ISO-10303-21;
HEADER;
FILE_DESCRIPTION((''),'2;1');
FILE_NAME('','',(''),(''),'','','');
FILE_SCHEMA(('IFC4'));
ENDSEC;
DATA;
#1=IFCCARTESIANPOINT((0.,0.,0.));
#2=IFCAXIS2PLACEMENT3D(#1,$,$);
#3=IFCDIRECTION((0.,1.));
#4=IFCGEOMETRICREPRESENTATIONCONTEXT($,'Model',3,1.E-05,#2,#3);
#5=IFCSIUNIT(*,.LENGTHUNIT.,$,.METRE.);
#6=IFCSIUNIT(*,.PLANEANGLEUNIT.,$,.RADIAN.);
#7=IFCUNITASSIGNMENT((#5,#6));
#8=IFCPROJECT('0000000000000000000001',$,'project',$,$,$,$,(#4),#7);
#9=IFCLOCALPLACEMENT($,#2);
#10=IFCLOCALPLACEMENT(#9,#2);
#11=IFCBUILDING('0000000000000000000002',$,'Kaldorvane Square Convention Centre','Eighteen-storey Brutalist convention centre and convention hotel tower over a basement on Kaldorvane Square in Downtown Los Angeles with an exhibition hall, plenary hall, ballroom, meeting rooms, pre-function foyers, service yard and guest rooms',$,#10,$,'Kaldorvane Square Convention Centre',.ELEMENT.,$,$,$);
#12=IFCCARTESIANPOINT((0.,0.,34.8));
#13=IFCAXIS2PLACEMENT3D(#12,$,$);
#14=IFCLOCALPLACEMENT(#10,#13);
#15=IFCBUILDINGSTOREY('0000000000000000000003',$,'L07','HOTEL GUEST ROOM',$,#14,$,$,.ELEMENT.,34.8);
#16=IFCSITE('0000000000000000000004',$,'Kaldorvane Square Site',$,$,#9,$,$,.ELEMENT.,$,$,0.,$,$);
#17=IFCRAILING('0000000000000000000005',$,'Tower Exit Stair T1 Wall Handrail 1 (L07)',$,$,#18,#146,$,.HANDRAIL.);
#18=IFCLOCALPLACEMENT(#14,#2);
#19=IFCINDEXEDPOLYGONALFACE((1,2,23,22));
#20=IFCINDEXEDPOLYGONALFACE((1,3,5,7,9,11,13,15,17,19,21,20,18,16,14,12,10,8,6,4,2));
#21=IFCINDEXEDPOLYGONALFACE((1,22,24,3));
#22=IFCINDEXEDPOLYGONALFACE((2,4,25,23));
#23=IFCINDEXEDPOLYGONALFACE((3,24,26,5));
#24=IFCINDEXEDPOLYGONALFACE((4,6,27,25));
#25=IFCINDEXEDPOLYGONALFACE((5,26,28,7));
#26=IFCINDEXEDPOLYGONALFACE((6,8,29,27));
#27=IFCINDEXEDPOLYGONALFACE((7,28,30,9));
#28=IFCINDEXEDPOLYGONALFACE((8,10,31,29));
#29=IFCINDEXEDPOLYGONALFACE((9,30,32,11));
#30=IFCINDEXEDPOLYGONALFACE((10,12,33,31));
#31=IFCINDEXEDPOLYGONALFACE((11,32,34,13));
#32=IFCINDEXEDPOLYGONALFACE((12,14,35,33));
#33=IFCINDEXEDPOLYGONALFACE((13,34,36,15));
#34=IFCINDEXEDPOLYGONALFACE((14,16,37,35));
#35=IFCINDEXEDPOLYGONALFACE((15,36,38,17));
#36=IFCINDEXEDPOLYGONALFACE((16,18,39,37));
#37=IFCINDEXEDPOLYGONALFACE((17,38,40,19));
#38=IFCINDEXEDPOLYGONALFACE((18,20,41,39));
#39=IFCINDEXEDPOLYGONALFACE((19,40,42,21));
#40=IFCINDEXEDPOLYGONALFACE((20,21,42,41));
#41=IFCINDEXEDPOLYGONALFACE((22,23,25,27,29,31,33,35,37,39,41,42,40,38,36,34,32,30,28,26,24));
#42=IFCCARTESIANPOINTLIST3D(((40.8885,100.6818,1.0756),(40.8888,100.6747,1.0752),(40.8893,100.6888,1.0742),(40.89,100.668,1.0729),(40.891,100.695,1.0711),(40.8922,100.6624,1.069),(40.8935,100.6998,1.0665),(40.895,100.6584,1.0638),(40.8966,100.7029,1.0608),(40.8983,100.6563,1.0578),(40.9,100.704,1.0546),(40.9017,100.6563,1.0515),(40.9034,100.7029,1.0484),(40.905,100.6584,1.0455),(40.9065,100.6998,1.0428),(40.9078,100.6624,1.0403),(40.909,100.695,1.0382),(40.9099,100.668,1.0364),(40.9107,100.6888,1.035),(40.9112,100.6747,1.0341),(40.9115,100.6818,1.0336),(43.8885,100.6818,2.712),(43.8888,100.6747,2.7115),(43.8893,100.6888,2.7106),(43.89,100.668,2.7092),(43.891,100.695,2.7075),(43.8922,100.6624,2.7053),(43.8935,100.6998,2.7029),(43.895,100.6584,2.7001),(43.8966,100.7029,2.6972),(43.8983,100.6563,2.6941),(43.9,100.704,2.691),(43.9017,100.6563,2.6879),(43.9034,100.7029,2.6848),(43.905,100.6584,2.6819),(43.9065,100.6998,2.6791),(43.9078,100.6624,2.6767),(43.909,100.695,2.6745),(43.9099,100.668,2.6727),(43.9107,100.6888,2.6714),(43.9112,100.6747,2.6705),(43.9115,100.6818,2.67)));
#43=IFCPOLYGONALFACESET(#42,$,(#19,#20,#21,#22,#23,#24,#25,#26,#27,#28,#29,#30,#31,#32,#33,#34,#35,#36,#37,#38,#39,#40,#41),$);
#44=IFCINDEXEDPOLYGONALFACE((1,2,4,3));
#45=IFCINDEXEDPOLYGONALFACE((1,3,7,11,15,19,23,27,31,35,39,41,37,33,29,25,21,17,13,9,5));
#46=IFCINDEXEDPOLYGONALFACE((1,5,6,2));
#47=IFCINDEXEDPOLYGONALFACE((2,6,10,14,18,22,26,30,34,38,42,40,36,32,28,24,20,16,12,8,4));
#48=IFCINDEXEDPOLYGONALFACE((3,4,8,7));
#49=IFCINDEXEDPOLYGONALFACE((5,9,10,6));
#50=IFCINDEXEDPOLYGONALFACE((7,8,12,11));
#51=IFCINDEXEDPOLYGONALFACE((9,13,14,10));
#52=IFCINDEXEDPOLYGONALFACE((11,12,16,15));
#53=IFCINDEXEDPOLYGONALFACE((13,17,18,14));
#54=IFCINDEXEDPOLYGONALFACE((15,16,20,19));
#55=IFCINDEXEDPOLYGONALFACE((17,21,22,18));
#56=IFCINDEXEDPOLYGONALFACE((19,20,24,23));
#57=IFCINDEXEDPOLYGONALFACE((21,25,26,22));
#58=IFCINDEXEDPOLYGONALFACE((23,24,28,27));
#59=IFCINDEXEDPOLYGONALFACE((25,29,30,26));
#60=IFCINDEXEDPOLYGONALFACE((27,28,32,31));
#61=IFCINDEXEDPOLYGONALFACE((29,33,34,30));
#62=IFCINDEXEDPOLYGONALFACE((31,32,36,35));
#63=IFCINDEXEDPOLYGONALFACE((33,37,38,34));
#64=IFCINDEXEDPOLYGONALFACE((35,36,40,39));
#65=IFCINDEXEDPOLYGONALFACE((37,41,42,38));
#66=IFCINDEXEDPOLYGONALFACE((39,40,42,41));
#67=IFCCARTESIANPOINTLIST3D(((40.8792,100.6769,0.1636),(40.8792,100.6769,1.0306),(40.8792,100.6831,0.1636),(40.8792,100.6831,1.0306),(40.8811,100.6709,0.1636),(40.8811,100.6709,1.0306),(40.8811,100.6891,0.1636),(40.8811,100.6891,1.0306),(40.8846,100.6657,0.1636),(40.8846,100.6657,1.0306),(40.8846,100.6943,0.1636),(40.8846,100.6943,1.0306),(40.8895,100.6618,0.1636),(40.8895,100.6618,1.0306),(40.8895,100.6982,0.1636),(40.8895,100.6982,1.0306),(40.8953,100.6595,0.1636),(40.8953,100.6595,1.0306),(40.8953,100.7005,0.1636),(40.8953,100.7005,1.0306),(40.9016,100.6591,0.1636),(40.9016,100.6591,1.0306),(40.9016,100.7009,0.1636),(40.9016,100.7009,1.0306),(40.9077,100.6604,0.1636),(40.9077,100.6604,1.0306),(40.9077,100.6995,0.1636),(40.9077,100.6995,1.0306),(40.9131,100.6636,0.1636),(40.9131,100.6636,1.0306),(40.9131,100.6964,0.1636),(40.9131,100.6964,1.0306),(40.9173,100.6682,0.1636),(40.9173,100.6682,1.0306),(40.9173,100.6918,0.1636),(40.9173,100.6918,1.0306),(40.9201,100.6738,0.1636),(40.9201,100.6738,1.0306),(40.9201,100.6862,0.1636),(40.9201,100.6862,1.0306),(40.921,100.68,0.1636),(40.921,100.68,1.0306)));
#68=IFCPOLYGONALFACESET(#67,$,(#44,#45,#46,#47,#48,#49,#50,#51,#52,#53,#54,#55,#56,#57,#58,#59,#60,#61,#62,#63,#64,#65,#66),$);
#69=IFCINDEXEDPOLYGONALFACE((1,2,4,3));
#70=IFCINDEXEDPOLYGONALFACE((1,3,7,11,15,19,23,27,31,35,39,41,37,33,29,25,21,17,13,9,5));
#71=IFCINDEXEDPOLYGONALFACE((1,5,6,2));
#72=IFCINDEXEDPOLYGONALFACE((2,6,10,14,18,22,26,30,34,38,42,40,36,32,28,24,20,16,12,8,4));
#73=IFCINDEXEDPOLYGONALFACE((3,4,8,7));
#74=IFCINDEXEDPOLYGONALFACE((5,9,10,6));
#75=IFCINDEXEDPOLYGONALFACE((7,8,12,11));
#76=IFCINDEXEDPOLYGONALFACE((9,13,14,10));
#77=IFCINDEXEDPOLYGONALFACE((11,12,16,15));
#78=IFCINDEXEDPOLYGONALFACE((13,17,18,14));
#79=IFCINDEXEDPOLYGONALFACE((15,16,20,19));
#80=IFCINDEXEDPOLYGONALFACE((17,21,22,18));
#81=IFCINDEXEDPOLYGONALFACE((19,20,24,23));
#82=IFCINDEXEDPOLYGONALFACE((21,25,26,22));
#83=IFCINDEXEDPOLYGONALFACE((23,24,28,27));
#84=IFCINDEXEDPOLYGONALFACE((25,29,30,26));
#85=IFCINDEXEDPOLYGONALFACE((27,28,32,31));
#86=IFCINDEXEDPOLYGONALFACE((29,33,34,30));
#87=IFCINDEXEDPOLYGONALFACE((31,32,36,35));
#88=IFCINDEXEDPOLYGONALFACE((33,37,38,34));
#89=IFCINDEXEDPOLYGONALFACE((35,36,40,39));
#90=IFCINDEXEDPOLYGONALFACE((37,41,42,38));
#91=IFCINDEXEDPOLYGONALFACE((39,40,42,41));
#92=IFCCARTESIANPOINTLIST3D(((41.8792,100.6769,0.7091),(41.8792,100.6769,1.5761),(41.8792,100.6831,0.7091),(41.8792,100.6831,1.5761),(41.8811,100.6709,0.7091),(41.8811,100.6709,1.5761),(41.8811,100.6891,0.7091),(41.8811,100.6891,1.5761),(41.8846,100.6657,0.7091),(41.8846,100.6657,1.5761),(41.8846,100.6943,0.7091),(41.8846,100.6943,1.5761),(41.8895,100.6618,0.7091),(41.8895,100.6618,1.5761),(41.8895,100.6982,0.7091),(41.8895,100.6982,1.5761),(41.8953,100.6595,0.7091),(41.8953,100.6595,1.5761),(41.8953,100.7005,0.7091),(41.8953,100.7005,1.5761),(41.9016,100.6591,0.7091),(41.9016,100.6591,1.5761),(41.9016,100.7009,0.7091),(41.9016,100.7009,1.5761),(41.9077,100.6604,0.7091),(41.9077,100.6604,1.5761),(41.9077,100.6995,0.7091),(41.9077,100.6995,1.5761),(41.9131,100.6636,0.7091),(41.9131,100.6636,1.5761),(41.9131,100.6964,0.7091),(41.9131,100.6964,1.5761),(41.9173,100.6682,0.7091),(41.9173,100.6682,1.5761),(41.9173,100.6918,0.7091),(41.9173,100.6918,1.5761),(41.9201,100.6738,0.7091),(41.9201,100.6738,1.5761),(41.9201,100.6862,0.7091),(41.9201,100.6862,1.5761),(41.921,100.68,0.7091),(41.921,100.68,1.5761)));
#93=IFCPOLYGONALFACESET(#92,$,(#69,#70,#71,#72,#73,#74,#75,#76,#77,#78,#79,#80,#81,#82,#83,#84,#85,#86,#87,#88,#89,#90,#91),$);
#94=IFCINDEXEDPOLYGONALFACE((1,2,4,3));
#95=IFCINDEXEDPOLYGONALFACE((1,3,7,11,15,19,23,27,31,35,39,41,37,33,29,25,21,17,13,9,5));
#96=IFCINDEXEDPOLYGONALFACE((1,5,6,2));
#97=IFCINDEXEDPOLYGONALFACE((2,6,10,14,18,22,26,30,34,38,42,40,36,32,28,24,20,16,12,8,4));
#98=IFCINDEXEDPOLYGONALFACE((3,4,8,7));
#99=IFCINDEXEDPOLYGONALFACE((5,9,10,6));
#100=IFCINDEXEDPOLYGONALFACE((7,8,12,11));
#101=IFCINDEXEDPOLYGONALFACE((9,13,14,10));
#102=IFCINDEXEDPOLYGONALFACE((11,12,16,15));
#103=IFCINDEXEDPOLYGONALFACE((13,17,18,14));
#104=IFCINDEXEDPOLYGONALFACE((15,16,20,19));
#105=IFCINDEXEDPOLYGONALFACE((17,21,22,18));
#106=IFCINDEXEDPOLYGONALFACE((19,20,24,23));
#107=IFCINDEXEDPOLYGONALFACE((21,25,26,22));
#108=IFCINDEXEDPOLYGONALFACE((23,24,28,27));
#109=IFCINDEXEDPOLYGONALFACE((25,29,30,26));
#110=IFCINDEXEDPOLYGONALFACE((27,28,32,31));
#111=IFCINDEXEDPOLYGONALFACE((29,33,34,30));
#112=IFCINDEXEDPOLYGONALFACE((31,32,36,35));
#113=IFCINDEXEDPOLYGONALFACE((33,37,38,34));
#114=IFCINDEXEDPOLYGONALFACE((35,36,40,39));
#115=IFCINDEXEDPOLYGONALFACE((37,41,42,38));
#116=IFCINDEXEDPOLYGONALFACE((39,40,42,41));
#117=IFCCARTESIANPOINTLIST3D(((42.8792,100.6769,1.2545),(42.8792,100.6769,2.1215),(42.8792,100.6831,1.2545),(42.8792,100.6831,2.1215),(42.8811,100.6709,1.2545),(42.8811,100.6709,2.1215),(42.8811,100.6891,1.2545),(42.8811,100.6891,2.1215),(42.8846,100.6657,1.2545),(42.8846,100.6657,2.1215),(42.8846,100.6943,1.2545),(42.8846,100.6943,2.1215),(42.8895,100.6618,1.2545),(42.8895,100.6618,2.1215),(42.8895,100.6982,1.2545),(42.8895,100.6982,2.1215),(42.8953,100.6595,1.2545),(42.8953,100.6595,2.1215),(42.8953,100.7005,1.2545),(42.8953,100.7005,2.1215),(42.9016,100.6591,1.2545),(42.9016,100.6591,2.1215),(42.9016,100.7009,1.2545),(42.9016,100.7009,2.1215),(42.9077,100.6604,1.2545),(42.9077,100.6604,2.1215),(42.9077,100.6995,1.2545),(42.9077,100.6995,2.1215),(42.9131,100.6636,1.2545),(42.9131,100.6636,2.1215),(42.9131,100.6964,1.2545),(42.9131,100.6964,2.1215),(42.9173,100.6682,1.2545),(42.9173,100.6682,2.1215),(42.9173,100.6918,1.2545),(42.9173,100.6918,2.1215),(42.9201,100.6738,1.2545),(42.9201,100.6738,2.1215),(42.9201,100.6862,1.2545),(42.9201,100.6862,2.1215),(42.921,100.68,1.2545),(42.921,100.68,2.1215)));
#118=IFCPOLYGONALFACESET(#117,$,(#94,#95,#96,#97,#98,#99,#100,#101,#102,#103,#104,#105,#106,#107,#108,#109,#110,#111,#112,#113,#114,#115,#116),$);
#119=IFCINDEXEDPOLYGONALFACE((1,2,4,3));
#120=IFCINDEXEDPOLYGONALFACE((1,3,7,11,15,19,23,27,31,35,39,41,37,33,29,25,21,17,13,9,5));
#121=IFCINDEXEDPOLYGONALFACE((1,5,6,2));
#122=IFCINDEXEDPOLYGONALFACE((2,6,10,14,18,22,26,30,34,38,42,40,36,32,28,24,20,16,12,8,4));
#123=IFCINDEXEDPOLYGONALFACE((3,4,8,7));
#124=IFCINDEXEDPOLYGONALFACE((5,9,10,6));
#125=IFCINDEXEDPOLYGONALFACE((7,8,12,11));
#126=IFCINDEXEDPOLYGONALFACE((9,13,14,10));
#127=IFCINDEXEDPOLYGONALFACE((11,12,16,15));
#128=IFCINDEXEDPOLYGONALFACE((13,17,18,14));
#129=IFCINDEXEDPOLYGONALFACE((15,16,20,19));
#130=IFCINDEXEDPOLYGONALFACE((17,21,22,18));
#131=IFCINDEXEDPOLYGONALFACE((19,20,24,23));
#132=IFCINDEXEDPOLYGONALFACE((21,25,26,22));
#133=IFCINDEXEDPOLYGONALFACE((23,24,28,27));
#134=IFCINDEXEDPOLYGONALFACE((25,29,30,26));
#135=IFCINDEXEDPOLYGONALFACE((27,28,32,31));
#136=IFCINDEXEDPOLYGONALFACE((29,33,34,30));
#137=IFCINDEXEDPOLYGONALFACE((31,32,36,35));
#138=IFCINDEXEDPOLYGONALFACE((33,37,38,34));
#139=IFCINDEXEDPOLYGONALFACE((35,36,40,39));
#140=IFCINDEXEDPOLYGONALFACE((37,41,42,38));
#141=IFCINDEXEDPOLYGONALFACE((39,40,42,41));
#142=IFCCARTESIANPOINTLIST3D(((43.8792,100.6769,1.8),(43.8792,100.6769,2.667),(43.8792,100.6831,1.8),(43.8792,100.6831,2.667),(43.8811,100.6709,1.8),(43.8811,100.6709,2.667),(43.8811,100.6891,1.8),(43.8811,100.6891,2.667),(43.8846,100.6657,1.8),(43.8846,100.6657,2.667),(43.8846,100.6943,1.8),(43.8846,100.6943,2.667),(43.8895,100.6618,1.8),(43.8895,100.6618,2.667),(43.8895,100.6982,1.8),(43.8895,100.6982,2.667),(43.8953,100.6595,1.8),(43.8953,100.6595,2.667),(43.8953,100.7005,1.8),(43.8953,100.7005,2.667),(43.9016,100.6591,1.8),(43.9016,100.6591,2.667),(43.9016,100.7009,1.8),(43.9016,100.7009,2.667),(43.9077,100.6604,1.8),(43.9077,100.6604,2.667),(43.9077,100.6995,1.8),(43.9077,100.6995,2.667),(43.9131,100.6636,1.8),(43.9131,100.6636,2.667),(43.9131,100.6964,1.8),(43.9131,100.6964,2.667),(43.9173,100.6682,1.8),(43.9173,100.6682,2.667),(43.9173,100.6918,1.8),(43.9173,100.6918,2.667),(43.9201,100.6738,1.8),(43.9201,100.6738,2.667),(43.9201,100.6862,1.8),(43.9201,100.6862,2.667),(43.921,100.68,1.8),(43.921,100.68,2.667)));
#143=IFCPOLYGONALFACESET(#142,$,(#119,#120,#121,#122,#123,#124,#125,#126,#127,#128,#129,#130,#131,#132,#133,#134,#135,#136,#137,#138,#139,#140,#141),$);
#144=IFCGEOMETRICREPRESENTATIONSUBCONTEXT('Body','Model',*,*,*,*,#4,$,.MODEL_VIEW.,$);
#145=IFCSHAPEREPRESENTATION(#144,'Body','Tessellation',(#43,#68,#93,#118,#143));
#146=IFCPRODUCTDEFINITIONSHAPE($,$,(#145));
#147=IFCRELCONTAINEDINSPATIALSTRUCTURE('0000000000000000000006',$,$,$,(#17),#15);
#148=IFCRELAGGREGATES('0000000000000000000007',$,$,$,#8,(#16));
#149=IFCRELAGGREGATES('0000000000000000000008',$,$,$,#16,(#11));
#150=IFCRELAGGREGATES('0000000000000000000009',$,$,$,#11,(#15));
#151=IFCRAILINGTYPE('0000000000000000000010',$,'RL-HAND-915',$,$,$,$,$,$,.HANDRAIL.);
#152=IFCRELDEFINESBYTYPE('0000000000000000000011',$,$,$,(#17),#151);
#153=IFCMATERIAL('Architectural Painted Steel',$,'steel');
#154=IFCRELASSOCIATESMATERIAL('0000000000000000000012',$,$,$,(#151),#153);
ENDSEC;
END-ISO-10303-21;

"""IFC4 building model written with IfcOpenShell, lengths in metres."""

from ifc_helpers import new_model, si_unit, direction, frame, origin, origin_2d, place, context, subcontext, project, spatial, circle, extrude, material, type_object, element, save


model = new_model("IFC4")

# Units and contexts
model_context = context("Model", 3, precision=1e-05, world=origin(), true_north=direction((0.0, 1.0)))
body_context = subcontext(model_context, "Body", "Model", "MODEL_VIEW")
ifc_project = project(units=[si_unit("LENGTHUNIT", "METRE"), si_unit("PLANEANGLEUNIT", "RADIAN")], contexts=[model_context])

# Site, building, storey
site_placement = place(None, origin())
site = spatial("IfcSite", under=ifc_project, at=site_placement, Name="Kaldorvane Square Site", CompositionType="ELEMENT", RefElevation=0.0)
building_placement = place(site_placement, origin())
building = spatial("IfcBuilding", under=site, at=building_placement, Name="Kaldorvane Square Convention Centre", Description="Eighteen-storey Brutalist convention centre and convention hotel tower over a basement on Kaldorvane Square in Downtown Los Angeles with an exhibition hall, plenary hall, ballroom, meeting rooms, pre-function foyers, service yard and guest rooms", LongName="Kaldorvane Square Convention Centre", CompositionType="ELEMENT")
storey_placement = place(building_placement, frame((0.0, 0.0, 34.8)))
storey = spatial("IfcBuildingStorey", under=building, at=storey_placement, Name="L07", Description="HOTEL GUEST ROOM", CompositionType="ELEMENT", Elevation=34.8)

# Railing
ifc_material_1 = material(Name="Architectural Painted Steel", Category="steel")
railing_type_1 = type_object("IfcRailingType", Name="RL-HAND-915", PredefinedType="HANDRAIL", material=ifc_material_1)
for number, where, name in (
    (1, (40.9, 100.68, 0.1636), "Tower Exit Stair T1 Wall Handrail 1 (L07)"),
):
    element("IfcRailing", number, at=place(storey_placement, frame(where)), inside=storey, type_object=railing_type_1, Name=name, PredefinedType="HANDRAIL", context=body_context, shape_type="SweptSolid", body=[
        extrude(circle(Radius=0.024, at=origin_2d()), frame((0.0, 0.0, 0.891), z_axis=(0.877895, 0.0, 0.478853), x_axis=(0.0, 1.0, 0.0)), (0.0, 0.0, 1.0), 3.4173),
        extrude(circle(Radius=0.021, at=origin_2d()), origin(), (0.0, 0.0, 1.0), 0.867),
        extrude(circle(Radius=0.021, at=origin_2d()), frame((1.0, 0.0, 0.5455)), (0.0, 0.0, 1.0), 0.867),
        extrude(circle(Radius=0.021, at=origin_2d()), frame((2.0, 0.0, 1.0909)), (0.0, 0.0, 1.0), 0.867),
        extrude(circle(Radius=0.021, at=origin_2d()), frame((3.0, 0.0, 1.6364)), (0.0, 0.0, 1.0), 0.867),
    ])

save(model, "model.ifc")
